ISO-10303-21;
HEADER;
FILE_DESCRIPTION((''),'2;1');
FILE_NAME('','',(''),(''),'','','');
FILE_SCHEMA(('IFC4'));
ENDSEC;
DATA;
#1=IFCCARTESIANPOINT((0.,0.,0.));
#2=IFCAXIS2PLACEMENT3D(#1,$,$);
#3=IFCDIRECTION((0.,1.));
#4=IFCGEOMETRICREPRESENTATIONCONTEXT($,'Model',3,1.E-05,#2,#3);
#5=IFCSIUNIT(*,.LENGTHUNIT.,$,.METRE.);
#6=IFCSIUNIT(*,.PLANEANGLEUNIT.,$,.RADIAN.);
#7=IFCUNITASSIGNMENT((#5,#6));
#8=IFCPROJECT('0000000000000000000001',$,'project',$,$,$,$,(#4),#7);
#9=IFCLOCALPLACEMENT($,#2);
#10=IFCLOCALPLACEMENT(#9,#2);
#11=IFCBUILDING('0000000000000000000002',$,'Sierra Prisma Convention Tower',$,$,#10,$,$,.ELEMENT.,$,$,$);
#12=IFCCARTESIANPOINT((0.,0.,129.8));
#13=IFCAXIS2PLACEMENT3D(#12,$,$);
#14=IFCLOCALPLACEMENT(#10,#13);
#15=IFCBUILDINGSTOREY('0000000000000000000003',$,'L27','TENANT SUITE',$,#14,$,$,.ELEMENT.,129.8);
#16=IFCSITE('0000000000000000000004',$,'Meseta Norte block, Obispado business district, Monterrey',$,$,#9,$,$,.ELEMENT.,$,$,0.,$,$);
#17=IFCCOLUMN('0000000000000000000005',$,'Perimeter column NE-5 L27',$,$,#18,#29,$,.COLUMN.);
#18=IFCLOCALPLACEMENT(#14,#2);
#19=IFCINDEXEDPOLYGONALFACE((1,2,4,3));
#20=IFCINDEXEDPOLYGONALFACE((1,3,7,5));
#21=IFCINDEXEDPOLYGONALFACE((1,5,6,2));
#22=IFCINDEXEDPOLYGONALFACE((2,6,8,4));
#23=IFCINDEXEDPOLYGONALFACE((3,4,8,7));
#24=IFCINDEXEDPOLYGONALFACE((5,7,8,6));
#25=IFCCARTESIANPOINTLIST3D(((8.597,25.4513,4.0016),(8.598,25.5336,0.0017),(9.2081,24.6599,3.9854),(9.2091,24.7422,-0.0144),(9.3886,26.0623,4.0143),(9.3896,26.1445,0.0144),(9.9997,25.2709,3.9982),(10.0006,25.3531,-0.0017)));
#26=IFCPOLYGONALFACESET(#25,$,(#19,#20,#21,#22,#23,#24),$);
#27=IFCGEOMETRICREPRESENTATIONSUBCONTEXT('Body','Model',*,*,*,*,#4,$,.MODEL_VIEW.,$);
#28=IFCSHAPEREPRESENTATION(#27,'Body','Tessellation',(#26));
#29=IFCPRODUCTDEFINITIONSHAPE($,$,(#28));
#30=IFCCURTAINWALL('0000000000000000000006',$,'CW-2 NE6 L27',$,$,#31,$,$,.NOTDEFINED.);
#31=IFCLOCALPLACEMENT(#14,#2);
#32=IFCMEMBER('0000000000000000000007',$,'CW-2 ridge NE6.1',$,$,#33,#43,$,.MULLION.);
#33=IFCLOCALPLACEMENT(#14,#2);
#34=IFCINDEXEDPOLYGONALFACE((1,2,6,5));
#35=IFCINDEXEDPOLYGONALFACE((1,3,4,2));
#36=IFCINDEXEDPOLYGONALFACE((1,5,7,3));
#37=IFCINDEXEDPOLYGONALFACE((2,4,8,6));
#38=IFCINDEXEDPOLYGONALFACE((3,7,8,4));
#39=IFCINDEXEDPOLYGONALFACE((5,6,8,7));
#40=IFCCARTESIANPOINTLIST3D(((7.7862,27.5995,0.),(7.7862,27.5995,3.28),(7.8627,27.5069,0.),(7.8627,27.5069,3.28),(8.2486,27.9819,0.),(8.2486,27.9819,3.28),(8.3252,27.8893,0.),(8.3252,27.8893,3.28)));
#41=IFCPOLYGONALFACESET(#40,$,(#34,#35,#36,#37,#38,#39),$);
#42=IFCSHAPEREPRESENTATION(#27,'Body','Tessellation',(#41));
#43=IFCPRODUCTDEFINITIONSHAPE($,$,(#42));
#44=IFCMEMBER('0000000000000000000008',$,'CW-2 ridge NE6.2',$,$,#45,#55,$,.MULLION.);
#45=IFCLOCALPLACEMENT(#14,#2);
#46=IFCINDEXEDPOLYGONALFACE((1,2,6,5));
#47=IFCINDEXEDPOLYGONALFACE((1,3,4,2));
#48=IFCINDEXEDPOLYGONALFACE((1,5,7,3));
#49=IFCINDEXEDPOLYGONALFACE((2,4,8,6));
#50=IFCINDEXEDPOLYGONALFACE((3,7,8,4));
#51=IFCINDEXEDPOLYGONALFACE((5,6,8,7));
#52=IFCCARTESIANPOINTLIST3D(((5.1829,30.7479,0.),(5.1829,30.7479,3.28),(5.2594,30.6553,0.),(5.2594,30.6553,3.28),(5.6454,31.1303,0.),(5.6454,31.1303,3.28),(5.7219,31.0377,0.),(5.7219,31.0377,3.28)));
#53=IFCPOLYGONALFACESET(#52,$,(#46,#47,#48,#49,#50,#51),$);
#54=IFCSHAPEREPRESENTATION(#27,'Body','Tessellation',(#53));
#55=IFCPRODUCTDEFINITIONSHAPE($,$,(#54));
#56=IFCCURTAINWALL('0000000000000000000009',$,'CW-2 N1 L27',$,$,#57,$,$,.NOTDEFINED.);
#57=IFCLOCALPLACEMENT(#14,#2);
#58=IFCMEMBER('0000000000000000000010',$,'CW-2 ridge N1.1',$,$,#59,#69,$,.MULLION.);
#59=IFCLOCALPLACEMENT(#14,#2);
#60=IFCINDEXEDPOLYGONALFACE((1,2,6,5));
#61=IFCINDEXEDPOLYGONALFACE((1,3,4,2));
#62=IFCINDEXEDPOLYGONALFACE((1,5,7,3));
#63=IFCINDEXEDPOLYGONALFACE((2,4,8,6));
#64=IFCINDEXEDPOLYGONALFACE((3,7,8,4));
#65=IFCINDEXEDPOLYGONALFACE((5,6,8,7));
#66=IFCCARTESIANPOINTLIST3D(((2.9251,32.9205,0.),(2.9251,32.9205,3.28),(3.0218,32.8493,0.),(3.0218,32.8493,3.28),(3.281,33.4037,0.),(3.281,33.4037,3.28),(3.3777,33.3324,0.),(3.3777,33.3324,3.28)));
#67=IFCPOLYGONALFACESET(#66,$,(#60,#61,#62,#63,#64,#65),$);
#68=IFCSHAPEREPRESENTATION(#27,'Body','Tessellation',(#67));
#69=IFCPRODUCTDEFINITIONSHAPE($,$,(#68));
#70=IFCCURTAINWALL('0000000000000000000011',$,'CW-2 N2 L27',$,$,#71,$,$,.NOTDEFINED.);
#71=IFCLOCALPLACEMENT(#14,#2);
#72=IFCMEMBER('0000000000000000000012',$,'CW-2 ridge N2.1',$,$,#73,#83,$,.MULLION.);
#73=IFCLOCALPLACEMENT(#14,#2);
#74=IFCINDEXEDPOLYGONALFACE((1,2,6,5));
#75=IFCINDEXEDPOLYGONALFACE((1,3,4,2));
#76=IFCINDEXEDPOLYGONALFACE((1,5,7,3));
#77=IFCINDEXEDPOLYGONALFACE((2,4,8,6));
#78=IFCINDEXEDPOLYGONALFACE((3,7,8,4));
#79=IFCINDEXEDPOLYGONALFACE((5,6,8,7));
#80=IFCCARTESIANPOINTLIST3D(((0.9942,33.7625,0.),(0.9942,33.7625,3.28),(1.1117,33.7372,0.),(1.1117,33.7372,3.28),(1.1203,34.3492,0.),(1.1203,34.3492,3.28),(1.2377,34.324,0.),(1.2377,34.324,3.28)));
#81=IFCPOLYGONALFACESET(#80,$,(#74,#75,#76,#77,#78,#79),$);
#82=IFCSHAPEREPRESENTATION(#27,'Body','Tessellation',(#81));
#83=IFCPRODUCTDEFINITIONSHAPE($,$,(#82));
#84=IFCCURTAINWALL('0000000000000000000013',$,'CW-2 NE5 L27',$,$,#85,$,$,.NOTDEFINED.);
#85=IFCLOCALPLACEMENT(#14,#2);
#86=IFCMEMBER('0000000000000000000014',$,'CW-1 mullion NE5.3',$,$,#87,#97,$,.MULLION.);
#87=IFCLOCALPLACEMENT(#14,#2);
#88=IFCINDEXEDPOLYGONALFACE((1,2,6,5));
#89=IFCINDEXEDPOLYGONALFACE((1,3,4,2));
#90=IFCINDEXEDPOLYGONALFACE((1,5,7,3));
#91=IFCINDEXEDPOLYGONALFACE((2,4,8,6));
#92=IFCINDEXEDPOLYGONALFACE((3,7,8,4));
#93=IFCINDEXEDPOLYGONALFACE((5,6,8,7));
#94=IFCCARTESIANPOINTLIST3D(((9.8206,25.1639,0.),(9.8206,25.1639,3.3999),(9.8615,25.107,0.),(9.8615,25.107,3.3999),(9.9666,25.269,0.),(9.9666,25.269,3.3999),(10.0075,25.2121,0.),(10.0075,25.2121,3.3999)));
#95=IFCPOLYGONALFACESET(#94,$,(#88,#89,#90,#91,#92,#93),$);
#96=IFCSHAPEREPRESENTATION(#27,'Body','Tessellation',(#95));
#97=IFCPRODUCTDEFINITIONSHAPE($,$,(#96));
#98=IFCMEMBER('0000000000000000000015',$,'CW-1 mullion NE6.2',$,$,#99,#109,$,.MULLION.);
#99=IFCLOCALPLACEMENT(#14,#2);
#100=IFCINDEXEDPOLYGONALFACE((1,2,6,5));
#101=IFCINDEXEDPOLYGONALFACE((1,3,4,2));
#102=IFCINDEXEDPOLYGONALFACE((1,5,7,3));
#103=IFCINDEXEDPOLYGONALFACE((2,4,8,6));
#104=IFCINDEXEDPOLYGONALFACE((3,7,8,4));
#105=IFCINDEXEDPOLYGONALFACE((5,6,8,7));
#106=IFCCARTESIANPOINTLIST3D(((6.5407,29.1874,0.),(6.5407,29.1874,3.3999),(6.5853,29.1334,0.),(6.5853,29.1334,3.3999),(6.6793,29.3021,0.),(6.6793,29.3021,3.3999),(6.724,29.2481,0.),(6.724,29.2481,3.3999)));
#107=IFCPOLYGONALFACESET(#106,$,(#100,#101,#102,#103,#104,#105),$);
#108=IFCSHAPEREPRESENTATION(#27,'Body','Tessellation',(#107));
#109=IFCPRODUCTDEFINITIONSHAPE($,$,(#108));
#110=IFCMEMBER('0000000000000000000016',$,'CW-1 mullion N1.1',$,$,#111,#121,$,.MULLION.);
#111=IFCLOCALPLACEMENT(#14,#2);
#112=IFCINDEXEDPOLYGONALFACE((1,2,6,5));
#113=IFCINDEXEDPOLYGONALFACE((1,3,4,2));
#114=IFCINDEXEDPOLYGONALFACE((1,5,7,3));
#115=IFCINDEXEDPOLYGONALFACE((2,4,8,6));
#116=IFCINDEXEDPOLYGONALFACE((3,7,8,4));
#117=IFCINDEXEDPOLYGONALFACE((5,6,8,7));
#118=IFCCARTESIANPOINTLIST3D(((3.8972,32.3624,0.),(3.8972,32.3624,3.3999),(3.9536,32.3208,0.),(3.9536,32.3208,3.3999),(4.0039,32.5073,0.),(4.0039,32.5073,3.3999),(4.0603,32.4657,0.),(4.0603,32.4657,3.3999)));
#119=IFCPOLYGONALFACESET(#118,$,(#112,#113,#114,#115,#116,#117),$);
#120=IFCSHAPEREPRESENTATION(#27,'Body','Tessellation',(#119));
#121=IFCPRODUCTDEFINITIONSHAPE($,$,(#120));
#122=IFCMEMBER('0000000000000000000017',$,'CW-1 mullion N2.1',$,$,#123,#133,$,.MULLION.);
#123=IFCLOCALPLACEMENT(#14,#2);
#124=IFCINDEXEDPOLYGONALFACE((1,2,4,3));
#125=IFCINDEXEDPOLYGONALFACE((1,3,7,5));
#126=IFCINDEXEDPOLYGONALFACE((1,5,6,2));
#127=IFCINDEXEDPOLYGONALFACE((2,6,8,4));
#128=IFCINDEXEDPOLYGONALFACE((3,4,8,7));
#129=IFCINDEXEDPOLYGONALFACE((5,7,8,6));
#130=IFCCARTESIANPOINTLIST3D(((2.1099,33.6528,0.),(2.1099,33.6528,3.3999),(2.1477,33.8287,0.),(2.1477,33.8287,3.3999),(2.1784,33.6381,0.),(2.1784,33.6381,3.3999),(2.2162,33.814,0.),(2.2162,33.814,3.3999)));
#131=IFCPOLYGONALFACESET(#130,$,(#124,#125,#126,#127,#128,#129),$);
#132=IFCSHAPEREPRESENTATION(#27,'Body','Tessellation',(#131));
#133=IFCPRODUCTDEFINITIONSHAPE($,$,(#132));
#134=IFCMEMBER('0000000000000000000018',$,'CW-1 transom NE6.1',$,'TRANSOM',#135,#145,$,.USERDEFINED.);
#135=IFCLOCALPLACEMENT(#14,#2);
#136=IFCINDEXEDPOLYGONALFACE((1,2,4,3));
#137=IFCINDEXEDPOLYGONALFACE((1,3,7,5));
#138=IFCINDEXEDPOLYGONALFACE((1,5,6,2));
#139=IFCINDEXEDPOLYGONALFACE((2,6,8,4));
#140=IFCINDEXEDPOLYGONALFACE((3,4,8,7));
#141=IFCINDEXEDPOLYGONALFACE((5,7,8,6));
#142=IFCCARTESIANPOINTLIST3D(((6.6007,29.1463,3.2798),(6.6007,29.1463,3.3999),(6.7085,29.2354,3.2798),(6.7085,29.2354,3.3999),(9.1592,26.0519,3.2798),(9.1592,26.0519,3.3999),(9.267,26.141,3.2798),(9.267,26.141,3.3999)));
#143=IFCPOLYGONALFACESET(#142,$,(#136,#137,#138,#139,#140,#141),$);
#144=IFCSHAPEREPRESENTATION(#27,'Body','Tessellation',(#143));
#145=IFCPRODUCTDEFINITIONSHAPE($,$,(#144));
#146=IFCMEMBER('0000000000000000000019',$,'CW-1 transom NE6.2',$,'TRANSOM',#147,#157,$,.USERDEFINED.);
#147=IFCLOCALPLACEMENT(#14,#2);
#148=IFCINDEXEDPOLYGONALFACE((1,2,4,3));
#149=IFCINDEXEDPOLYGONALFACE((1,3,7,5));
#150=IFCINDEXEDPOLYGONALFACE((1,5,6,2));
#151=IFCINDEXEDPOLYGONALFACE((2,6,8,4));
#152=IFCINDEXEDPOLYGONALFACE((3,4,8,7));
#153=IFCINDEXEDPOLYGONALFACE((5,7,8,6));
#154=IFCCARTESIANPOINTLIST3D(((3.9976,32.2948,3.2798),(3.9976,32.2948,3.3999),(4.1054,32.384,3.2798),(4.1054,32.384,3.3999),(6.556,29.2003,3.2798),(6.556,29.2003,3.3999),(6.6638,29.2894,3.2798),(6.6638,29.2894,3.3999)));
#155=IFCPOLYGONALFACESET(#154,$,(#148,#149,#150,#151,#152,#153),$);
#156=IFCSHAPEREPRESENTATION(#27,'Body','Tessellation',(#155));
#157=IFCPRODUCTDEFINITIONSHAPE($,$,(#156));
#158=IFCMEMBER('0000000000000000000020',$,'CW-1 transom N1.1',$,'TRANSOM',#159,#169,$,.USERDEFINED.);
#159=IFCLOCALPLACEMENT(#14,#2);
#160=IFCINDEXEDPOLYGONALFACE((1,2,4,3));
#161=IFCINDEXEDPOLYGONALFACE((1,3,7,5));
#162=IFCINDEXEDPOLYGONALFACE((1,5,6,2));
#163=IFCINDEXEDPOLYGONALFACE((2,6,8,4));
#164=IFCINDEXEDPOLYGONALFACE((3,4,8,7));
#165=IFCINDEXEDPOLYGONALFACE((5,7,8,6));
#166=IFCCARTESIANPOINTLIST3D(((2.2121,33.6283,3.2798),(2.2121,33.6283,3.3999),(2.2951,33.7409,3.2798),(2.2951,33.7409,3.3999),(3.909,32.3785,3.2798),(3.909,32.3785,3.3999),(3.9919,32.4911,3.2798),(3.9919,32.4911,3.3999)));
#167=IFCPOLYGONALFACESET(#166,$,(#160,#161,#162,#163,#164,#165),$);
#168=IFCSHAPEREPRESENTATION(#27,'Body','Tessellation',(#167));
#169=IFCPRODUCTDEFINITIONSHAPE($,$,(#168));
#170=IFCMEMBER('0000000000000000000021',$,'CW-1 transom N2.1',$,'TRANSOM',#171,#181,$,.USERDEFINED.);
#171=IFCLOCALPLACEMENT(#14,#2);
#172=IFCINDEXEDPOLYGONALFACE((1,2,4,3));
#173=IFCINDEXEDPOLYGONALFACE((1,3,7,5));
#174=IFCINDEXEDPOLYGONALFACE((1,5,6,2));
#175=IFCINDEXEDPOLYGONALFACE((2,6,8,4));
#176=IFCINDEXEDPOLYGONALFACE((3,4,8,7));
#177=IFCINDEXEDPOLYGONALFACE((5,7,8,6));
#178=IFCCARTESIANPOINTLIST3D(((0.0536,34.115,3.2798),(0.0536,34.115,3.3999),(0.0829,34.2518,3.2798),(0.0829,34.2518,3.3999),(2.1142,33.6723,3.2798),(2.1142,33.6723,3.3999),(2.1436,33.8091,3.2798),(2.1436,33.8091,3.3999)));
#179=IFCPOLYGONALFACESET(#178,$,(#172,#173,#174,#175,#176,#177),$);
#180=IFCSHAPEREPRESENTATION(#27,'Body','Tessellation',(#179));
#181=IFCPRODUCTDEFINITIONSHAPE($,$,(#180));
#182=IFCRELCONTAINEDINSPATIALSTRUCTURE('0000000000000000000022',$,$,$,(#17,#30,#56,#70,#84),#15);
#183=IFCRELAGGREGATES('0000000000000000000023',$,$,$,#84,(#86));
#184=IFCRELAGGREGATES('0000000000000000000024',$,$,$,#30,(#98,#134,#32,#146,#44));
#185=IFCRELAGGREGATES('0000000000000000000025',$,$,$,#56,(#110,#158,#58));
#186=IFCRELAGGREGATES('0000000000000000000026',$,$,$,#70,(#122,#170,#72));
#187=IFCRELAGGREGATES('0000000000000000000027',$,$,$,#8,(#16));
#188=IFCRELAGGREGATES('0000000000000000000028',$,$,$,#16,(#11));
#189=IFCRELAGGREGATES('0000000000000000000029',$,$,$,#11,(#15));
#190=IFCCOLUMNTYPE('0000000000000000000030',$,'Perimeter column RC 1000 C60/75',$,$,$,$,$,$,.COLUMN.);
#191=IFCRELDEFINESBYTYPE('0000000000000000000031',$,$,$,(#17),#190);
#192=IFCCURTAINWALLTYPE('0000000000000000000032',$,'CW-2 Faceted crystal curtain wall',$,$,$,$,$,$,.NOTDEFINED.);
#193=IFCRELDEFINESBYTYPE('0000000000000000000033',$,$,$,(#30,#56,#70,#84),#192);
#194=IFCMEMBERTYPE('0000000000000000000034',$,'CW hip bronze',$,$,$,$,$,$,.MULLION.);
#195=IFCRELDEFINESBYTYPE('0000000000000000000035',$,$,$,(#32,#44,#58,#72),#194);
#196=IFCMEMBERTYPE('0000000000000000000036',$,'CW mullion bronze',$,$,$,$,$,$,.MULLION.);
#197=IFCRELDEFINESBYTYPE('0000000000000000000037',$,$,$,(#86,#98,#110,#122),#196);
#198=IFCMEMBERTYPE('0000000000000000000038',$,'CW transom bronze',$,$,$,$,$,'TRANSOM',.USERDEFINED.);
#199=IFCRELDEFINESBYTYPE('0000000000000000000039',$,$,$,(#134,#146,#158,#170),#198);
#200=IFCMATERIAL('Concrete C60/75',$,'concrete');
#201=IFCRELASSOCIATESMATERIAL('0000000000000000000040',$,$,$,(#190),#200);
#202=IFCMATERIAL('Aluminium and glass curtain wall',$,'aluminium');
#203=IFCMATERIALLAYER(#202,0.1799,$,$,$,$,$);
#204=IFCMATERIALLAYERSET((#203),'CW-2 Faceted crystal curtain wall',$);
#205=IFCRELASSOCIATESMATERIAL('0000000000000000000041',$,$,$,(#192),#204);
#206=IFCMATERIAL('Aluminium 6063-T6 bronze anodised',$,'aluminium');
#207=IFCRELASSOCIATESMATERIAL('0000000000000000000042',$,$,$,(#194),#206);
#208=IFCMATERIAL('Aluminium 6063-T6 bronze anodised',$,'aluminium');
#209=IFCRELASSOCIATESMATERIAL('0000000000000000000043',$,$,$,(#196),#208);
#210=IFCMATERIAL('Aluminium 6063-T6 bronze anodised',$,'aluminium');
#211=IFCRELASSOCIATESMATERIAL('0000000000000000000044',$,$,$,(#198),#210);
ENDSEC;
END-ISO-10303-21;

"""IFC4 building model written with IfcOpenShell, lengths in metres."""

from ifc_helpers import new_model, si_unit, direction, frame, origin, origin_2d, place, context, subcontext, project, spatial, rectangle, extrude, material, layer, layer_set, material_profile, profile_set, type_object, element, aggregate, save


model = new_model("IFC4")

# Units and contexts
model_context = context("Model", 3, precision=1e-05, world=origin(), true_north=direction((0.0, 1.0)))
body_context = subcontext(model_context, "Body", "Model", "MODEL_VIEW")
ifc_project = project(units=[si_unit("LENGTHUNIT", "METRE"), si_unit("PLANEANGLEUNIT", "RADIAN")], contexts=[model_context])

# Site, building, storey
site_placement = place(None, origin())
site = spatial("IfcSite", under=ifc_project, at=site_placement, Name="Meseta Norte block, Obispado business district, Monterrey", CompositionType="ELEMENT", RefElevation=0.0)
building_placement = place(site_placement, origin())
building = spatial("IfcBuilding", under=site, at=building_placement, Name="Sierra Prisma Convention Tower", CompositionType="ELEMENT")
storey_placement = place(building_placement, frame((0.0, 0.0, 129.8)))
storey = spatial("IfcBuildingStorey", under=building, at=storey_placement, Name="L27", Description="TENANT SUITE", CompositionType="ELEMENT", Elevation=129.8)

# Column
ifc_material_1 = material(Name="Concrete C60/75", Category="concrete")
ifc_material_profile_1 = material_profile(ifc_material_1, rectangle(XDim=1.0, YDim=1.0, at=origin_2d()), Name="Perimeter column RC 1000 C60/75")
ifc_profile_set_1 = profile_set([ifc_material_profile_1], Name="Concrete C60/75")
column_type = type_object("IfcColumnType", Name="Perimeter column RC 1000 C60/75", PredefinedType="COLUMN", material=ifc_profile_set_1)
column_placement = place(storey_placement, frame((9.2993, 25.4434, 0.0), z_axis=(-0.000244, -0.020564, 0.999788), x_axis=(-0.611078, 0.791406, 0.016129)))
element("IfcColumn", 1, at=column_placement, inside=storey, type_object=column_type, Name="Perimeter column NE-5 L27", PredefinedType="COLUMN", context=body_context, shape_type="SweptSolid", body=[
    extrude(rectangle(XDim=1.0, YDim=1.0, at=origin_2d()), origin(), (0.0, 0.0, 1.0), 4.0007),
])

# Curtain wall, members
ifc_material_2 = material(Name="Aluminium and glass curtain wall", Category="aluminium")
ifc_layer_1 = layer(ifc_material_2, 0.1799)
ifc_layer_set_1 = layer_set([ifc_layer_1], Name="CW-2 Faceted crystal curtain wall")
curtain_wall_type = type_object("IfcCurtainWallType", Name="CW-2 Faceted crystal curtain wall", PredefinedType="NOTDEFINED", material=ifc_layer_set_1)
curtain_wall_1_placement = place(storey_placement, origin())
curtain_wall_1 = element("IfcCurtainWall", 2, at=curtain_wall_1_placement, inside=storey, type_object=curtain_wall_type, Name="CW-2 NE6 L27", PredefinedType="NOTDEFINED")
ifc_material_3 = material(Name="Aluminium 6063-T6 bronze anodised", Category="aluminium")
ifc_material_profile_2 = material_profile(ifc_material_3, rectangle(XDim=0.1201, YDim=0.6001, at=origin_2d()), Name="ALU RIDGE BLADE 120x600")
ifc_profile_set_2 = profile_set([ifc_material_profile_2], Name="Aluminium 6063-T6 bronze anodised")
member_type_1 = type_object("IfcMemberType", Name="CW hip bronze", PredefinedType="MULLION", material=ifc_profile_set_2)
member_1_placement = place(storey_placement, frame((8.0557, 27.7444, 0.0), z_axis=(0.0, 0.0, 1.0), x_axis=(-0.637213, 0.770688, 0.0)))
member_1 = element("IfcMember", 3, at=member_1_placement, type_object=member_type_1, Name="CW-2 ridge NE6.1", PredefinedType="MULLION", context=body_context, shape_type="SweptSolid", body=[
    extrude(rectangle(XDim=0.1201, YDim=0.6001, at=origin_2d()), origin(), (0.0, 0.0, 1.0), 3.28),
])
member_2_placement = place(storey_placement, frame((5.4524, 30.8928, 0.0), z_axis=(0.0, 0.0, 1.0), x_axis=(-0.637213, 0.770688, 0.0)))
member_2 = element("IfcMember", 4, at=member_2_placement, type_object=member_type_1, Name="CW-2 ridge NE6.2", PredefinedType="MULLION", context=body_context, shape_type="SweptSolid", body=[
    extrude(rectangle(XDim=0.1201, YDim=0.6001, at=origin_2d()), origin(), (0.0, 0.0, 1.0), 3.28),
])

# Curtain walls, members
curtain_wall_2_placement = place(storey_placement, origin())
curtain_wall_2 = element("IfcCurtainWall", 5, at=curtain_wall_2_placement, inside=storey, type_object=curtain_wall_type, Name="CW-2 N1 L27", PredefinedType="NOTDEFINED")
member_3_placement = place(storey_placement, frame((3.1514, 33.1265, 0.0), z_axis=(0.0, 0.0, 1.0), x_axis=(-0.805162, 0.593055, 0.0)))
member_3 = element("IfcMember", 6, at=member_3_placement, type_object=member_type_1, Name="CW-2 ridge N1.1", PredefinedType="MULLION", context=body_context, shape_type="SweptSolid", body=[
    extrude(rectangle(XDim=0.1201, YDim=0.6001, at=origin_2d()), origin(), (0.0, 0.0, 1.0), 3.28),
])
curtain_wall_3_placement = place(storey_placement, origin())
curtain_wall_3 = element("IfcCurtainWall", 7, at=curtain_wall_3_placement, inside=storey, type_object=curtain_wall_type, Name="CW-2 N2 L27", PredefinedType="NOTDEFINED")
member_4_placement = place(storey_placement, frame((1.116, 34.0432, 0.0), z_axis=(0.0, 0.0, 1.0), x_axis=(-0.977693, 0.21004, 0.0)))
member_4 = element("IfcMember", 8, at=member_4_placement, type_object=member_type_1, Name="CW-2 ridge N2.1", PredefinedType="MULLION", context=body_context, shape_type="SweptSolid", body=[
    extrude(rectangle(XDim=0.1201, YDim=0.6001, at=origin_2d()), origin(), (0.0, 0.0, 1.0), 3.28),
])
curtain_wall_4_placement = place(storey_placement, origin())
curtain_wall_4 = element("IfcCurtainWall", 9, at=curtain_wall_4_placement, inside=storey, type_object=curtain_wall_type, Name="CW-2 NE5 L27", PredefinedType="NOTDEFINED")
ifc_material_4 = material(Name="Aluminium 6063-T6 bronze anodised", Category="aluminium")
ifc_material_profile_3 = material_profile(ifc_material_4, rectangle(XDim=0.1799, YDim=0.0701, at=origin_2d()), Name="ALU MULLION 70x180")
ifc_profile_set_3 = profile_set([ifc_material_profile_3], Name="Aluminium 6063-T6 bronze anodised")
member_type_2 = type_object("IfcMemberType", Name="CW mullion bronze", PredefinedType="MULLION", material=ifc_profile_set_3)
member_5_placement = place(storey_placement, frame((9.9141, 25.188, 0.0), z_axis=(0.0, 0.0, 1.0), x_axis=(-0.811568, -0.584258, 0.0)))
member_5 = element("IfcMember", 10, at=member_5_placement, type_object=member_type_2, Name="CW-1 mullion NE5.3", PredefinedType="MULLION", context=body_context, shape_type="SweptSolid", body=[
    extrude(rectangle(XDim=0.1799, YDim=0.0701, at=origin_2d()), origin(), (0.0, 0.0, 1.0), 3.3999),
])
aggregate(curtain_wall_4, [member_5])

# Members
member_6_placement = place(storey_placement, frame((6.6323, 29.2178, 0.0), z_axis=(0.0, 0.0, 1.0), x_axis=(-0.770688, -0.637213, 0.0)))
member_6 = element("IfcMember", 11, at=member_6_placement, type_object=member_type_2, Name="CW-1 mullion NE6.2", PredefinedType="MULLION", context=body_context, shape_type="SweptSolid", body=[
    extrude(rectangle(XDim=0.1799, YDim=0.0701, at=origin_2d()), origin(), (0.0, 0.0, 1.0), 3.3999),
])
member_7_placement = place(storey_placement, frame((3.9788, 32.4141, 0.0), z_axis=(0.0, 0.0, 1.0), x_axis=(-0.593055, -0.805162, 0.0)))
member_7 = element("IfcMember", 12, at=member_7_placement, type_object=member_type_2, Name="CW-1 mullion N1.1", PredefinedType="MULLION", context=body_context, shape_type="SweptSolid", body=[
    extrude(rectangle(XDim=0.1799, YDim=0.0701, at=origin_2d()), origin(), (0.0, 0.0, 1.0), 3.3999),
])
member_8_placement = place(storey_placement, frame((2.1631, 33.7334, 0.0), z_axis=(0.0, 0.0, 1.0), x_axis=(-0.21004, -0.977693, 0.0)))
member_8 = element("IfcMember", 13, at=member_8_placement, type_object=member_type_2, Name="CW-1 mullion N2.1", PredefinedType="MULLION", context=body_context, shape_type="SweptSolid", body=[
    extrude(rectangle(XDim=0.1799, YDim=0.0701, at=origin_2d()), origin(), (0.0, 0.0, 1.0), 3.3999),
])
ifc_material_5 = material(Name="Aluminium 6063-T6 bronze anodised", Category="aluminium")
ifc_material_profile_4 = material_profile(ifc_material_5, rectangle(XDim=0.1399, YDim=0.1201, at=origin_2d()), Name="ALU TRANSOM 120x140")
ifc_profile_set_4 = profile_set([ifc_material_profile_4], Name="Aluminium 6063-T6 bronze anodised")
member_type_3 = type_object("IfcMemberType", Name="CW transom bronze", ElementType="TRANSOM", PredefinedType="USERDEFINED", material=ifc_profile_set_4)
member_9_placement = place(storey_placement, frame((9.2131, 26.0964, 3.3398), z_axis=(-0.637219, 0.770683, 0.0), x_axis=(-0.770683, -0.637219, 0.0)))
member_9 = element("IfcMember", 14, at=member_9_placement, type_object=member_type_3, Name="CW-1 transom NE6.1", ObjectType="TRANSOM", PredefinedType="USERDEFINED", context=body_context, shape_type="SweptSolid", body=[
    extrude(rectangle(XDim=0.1399, YDim=0.1201, at=origin_2d()), origin(), (0.0, 0.0, 1.0), 4.0151),
])
member_10_placement = place(storey_placement, frame((6.6099, 29.2449, 3.3398), z_axis=(-0.637183, 0.770712, 0.0), x_axis=(-0.770712, -0.637183, 0.0)))
member_10 = element("IfcMember", 15, at=member_10_placement, type_object=member_type_3, Name="CW-1 transom NE6.2", ObjectType="TRANSOM", PredefinedType="USERDEFINED", context=body_context, shape_type="SweptSolid", body=[
    extrude(rectangle(XDim=0.1399, YDim=0.1201, at=origin_2d()), origin(), (0.0, 0.0, 1.0), 4.0151),
])
member_11_placement = place(storey_placement, frame((3.9504, 32.4348, 3.3398), z_axis=(-0.805169, 0.593045, 0.0), x_axis=(-0.593045, -0.805169, 0.0)))
member_11 = element("IfcMember", 16, at=member_11_placement, type_object=member_type_3, Name="CW-1 transom N1.1", ObjectType="TRANSOM", PredefinedType="USERDEFINED", context=body_context, shape_type="SweptSolid", body=[
    extrude(rectangle(XDim=0.1399, YDim=0.1201, at=origin_2d()), origin(), (0.0, 0.0, 1.0), 2.1074),
])
member_12_placement = place(storey_placement, frame((2.1289, 33.7407, 3.3398), z_axis=(-0.977697, 0.21002, 0.0), x_axis=(-0.21002, -0.977697, 0.0)))
member_12 = element("IfcMember", 17, at=member_12_placement, type_object=member_type_3, Name="CW-1 transom N2.1", ObjectType="TRANSOM", PredefinedType="USERDEFINED", context=body_context, shape_type="SweptSolid", body=[
    extrude(rectangle(XDim=0.1399, YDim=0.1201, at=origin_2d()), origin(), (0.0, 0.0, 1.0), 2.1077),
])

aggregate(curtain_wall_1, [member_6, member_9, member_1, member_10, member_2])
aggregate(curtain_wall_2, [member_7, member_11, member_3])
aggregate(curtain_wall_3, [member_8, member_12, member_4])

save(model, "model.ifc")
